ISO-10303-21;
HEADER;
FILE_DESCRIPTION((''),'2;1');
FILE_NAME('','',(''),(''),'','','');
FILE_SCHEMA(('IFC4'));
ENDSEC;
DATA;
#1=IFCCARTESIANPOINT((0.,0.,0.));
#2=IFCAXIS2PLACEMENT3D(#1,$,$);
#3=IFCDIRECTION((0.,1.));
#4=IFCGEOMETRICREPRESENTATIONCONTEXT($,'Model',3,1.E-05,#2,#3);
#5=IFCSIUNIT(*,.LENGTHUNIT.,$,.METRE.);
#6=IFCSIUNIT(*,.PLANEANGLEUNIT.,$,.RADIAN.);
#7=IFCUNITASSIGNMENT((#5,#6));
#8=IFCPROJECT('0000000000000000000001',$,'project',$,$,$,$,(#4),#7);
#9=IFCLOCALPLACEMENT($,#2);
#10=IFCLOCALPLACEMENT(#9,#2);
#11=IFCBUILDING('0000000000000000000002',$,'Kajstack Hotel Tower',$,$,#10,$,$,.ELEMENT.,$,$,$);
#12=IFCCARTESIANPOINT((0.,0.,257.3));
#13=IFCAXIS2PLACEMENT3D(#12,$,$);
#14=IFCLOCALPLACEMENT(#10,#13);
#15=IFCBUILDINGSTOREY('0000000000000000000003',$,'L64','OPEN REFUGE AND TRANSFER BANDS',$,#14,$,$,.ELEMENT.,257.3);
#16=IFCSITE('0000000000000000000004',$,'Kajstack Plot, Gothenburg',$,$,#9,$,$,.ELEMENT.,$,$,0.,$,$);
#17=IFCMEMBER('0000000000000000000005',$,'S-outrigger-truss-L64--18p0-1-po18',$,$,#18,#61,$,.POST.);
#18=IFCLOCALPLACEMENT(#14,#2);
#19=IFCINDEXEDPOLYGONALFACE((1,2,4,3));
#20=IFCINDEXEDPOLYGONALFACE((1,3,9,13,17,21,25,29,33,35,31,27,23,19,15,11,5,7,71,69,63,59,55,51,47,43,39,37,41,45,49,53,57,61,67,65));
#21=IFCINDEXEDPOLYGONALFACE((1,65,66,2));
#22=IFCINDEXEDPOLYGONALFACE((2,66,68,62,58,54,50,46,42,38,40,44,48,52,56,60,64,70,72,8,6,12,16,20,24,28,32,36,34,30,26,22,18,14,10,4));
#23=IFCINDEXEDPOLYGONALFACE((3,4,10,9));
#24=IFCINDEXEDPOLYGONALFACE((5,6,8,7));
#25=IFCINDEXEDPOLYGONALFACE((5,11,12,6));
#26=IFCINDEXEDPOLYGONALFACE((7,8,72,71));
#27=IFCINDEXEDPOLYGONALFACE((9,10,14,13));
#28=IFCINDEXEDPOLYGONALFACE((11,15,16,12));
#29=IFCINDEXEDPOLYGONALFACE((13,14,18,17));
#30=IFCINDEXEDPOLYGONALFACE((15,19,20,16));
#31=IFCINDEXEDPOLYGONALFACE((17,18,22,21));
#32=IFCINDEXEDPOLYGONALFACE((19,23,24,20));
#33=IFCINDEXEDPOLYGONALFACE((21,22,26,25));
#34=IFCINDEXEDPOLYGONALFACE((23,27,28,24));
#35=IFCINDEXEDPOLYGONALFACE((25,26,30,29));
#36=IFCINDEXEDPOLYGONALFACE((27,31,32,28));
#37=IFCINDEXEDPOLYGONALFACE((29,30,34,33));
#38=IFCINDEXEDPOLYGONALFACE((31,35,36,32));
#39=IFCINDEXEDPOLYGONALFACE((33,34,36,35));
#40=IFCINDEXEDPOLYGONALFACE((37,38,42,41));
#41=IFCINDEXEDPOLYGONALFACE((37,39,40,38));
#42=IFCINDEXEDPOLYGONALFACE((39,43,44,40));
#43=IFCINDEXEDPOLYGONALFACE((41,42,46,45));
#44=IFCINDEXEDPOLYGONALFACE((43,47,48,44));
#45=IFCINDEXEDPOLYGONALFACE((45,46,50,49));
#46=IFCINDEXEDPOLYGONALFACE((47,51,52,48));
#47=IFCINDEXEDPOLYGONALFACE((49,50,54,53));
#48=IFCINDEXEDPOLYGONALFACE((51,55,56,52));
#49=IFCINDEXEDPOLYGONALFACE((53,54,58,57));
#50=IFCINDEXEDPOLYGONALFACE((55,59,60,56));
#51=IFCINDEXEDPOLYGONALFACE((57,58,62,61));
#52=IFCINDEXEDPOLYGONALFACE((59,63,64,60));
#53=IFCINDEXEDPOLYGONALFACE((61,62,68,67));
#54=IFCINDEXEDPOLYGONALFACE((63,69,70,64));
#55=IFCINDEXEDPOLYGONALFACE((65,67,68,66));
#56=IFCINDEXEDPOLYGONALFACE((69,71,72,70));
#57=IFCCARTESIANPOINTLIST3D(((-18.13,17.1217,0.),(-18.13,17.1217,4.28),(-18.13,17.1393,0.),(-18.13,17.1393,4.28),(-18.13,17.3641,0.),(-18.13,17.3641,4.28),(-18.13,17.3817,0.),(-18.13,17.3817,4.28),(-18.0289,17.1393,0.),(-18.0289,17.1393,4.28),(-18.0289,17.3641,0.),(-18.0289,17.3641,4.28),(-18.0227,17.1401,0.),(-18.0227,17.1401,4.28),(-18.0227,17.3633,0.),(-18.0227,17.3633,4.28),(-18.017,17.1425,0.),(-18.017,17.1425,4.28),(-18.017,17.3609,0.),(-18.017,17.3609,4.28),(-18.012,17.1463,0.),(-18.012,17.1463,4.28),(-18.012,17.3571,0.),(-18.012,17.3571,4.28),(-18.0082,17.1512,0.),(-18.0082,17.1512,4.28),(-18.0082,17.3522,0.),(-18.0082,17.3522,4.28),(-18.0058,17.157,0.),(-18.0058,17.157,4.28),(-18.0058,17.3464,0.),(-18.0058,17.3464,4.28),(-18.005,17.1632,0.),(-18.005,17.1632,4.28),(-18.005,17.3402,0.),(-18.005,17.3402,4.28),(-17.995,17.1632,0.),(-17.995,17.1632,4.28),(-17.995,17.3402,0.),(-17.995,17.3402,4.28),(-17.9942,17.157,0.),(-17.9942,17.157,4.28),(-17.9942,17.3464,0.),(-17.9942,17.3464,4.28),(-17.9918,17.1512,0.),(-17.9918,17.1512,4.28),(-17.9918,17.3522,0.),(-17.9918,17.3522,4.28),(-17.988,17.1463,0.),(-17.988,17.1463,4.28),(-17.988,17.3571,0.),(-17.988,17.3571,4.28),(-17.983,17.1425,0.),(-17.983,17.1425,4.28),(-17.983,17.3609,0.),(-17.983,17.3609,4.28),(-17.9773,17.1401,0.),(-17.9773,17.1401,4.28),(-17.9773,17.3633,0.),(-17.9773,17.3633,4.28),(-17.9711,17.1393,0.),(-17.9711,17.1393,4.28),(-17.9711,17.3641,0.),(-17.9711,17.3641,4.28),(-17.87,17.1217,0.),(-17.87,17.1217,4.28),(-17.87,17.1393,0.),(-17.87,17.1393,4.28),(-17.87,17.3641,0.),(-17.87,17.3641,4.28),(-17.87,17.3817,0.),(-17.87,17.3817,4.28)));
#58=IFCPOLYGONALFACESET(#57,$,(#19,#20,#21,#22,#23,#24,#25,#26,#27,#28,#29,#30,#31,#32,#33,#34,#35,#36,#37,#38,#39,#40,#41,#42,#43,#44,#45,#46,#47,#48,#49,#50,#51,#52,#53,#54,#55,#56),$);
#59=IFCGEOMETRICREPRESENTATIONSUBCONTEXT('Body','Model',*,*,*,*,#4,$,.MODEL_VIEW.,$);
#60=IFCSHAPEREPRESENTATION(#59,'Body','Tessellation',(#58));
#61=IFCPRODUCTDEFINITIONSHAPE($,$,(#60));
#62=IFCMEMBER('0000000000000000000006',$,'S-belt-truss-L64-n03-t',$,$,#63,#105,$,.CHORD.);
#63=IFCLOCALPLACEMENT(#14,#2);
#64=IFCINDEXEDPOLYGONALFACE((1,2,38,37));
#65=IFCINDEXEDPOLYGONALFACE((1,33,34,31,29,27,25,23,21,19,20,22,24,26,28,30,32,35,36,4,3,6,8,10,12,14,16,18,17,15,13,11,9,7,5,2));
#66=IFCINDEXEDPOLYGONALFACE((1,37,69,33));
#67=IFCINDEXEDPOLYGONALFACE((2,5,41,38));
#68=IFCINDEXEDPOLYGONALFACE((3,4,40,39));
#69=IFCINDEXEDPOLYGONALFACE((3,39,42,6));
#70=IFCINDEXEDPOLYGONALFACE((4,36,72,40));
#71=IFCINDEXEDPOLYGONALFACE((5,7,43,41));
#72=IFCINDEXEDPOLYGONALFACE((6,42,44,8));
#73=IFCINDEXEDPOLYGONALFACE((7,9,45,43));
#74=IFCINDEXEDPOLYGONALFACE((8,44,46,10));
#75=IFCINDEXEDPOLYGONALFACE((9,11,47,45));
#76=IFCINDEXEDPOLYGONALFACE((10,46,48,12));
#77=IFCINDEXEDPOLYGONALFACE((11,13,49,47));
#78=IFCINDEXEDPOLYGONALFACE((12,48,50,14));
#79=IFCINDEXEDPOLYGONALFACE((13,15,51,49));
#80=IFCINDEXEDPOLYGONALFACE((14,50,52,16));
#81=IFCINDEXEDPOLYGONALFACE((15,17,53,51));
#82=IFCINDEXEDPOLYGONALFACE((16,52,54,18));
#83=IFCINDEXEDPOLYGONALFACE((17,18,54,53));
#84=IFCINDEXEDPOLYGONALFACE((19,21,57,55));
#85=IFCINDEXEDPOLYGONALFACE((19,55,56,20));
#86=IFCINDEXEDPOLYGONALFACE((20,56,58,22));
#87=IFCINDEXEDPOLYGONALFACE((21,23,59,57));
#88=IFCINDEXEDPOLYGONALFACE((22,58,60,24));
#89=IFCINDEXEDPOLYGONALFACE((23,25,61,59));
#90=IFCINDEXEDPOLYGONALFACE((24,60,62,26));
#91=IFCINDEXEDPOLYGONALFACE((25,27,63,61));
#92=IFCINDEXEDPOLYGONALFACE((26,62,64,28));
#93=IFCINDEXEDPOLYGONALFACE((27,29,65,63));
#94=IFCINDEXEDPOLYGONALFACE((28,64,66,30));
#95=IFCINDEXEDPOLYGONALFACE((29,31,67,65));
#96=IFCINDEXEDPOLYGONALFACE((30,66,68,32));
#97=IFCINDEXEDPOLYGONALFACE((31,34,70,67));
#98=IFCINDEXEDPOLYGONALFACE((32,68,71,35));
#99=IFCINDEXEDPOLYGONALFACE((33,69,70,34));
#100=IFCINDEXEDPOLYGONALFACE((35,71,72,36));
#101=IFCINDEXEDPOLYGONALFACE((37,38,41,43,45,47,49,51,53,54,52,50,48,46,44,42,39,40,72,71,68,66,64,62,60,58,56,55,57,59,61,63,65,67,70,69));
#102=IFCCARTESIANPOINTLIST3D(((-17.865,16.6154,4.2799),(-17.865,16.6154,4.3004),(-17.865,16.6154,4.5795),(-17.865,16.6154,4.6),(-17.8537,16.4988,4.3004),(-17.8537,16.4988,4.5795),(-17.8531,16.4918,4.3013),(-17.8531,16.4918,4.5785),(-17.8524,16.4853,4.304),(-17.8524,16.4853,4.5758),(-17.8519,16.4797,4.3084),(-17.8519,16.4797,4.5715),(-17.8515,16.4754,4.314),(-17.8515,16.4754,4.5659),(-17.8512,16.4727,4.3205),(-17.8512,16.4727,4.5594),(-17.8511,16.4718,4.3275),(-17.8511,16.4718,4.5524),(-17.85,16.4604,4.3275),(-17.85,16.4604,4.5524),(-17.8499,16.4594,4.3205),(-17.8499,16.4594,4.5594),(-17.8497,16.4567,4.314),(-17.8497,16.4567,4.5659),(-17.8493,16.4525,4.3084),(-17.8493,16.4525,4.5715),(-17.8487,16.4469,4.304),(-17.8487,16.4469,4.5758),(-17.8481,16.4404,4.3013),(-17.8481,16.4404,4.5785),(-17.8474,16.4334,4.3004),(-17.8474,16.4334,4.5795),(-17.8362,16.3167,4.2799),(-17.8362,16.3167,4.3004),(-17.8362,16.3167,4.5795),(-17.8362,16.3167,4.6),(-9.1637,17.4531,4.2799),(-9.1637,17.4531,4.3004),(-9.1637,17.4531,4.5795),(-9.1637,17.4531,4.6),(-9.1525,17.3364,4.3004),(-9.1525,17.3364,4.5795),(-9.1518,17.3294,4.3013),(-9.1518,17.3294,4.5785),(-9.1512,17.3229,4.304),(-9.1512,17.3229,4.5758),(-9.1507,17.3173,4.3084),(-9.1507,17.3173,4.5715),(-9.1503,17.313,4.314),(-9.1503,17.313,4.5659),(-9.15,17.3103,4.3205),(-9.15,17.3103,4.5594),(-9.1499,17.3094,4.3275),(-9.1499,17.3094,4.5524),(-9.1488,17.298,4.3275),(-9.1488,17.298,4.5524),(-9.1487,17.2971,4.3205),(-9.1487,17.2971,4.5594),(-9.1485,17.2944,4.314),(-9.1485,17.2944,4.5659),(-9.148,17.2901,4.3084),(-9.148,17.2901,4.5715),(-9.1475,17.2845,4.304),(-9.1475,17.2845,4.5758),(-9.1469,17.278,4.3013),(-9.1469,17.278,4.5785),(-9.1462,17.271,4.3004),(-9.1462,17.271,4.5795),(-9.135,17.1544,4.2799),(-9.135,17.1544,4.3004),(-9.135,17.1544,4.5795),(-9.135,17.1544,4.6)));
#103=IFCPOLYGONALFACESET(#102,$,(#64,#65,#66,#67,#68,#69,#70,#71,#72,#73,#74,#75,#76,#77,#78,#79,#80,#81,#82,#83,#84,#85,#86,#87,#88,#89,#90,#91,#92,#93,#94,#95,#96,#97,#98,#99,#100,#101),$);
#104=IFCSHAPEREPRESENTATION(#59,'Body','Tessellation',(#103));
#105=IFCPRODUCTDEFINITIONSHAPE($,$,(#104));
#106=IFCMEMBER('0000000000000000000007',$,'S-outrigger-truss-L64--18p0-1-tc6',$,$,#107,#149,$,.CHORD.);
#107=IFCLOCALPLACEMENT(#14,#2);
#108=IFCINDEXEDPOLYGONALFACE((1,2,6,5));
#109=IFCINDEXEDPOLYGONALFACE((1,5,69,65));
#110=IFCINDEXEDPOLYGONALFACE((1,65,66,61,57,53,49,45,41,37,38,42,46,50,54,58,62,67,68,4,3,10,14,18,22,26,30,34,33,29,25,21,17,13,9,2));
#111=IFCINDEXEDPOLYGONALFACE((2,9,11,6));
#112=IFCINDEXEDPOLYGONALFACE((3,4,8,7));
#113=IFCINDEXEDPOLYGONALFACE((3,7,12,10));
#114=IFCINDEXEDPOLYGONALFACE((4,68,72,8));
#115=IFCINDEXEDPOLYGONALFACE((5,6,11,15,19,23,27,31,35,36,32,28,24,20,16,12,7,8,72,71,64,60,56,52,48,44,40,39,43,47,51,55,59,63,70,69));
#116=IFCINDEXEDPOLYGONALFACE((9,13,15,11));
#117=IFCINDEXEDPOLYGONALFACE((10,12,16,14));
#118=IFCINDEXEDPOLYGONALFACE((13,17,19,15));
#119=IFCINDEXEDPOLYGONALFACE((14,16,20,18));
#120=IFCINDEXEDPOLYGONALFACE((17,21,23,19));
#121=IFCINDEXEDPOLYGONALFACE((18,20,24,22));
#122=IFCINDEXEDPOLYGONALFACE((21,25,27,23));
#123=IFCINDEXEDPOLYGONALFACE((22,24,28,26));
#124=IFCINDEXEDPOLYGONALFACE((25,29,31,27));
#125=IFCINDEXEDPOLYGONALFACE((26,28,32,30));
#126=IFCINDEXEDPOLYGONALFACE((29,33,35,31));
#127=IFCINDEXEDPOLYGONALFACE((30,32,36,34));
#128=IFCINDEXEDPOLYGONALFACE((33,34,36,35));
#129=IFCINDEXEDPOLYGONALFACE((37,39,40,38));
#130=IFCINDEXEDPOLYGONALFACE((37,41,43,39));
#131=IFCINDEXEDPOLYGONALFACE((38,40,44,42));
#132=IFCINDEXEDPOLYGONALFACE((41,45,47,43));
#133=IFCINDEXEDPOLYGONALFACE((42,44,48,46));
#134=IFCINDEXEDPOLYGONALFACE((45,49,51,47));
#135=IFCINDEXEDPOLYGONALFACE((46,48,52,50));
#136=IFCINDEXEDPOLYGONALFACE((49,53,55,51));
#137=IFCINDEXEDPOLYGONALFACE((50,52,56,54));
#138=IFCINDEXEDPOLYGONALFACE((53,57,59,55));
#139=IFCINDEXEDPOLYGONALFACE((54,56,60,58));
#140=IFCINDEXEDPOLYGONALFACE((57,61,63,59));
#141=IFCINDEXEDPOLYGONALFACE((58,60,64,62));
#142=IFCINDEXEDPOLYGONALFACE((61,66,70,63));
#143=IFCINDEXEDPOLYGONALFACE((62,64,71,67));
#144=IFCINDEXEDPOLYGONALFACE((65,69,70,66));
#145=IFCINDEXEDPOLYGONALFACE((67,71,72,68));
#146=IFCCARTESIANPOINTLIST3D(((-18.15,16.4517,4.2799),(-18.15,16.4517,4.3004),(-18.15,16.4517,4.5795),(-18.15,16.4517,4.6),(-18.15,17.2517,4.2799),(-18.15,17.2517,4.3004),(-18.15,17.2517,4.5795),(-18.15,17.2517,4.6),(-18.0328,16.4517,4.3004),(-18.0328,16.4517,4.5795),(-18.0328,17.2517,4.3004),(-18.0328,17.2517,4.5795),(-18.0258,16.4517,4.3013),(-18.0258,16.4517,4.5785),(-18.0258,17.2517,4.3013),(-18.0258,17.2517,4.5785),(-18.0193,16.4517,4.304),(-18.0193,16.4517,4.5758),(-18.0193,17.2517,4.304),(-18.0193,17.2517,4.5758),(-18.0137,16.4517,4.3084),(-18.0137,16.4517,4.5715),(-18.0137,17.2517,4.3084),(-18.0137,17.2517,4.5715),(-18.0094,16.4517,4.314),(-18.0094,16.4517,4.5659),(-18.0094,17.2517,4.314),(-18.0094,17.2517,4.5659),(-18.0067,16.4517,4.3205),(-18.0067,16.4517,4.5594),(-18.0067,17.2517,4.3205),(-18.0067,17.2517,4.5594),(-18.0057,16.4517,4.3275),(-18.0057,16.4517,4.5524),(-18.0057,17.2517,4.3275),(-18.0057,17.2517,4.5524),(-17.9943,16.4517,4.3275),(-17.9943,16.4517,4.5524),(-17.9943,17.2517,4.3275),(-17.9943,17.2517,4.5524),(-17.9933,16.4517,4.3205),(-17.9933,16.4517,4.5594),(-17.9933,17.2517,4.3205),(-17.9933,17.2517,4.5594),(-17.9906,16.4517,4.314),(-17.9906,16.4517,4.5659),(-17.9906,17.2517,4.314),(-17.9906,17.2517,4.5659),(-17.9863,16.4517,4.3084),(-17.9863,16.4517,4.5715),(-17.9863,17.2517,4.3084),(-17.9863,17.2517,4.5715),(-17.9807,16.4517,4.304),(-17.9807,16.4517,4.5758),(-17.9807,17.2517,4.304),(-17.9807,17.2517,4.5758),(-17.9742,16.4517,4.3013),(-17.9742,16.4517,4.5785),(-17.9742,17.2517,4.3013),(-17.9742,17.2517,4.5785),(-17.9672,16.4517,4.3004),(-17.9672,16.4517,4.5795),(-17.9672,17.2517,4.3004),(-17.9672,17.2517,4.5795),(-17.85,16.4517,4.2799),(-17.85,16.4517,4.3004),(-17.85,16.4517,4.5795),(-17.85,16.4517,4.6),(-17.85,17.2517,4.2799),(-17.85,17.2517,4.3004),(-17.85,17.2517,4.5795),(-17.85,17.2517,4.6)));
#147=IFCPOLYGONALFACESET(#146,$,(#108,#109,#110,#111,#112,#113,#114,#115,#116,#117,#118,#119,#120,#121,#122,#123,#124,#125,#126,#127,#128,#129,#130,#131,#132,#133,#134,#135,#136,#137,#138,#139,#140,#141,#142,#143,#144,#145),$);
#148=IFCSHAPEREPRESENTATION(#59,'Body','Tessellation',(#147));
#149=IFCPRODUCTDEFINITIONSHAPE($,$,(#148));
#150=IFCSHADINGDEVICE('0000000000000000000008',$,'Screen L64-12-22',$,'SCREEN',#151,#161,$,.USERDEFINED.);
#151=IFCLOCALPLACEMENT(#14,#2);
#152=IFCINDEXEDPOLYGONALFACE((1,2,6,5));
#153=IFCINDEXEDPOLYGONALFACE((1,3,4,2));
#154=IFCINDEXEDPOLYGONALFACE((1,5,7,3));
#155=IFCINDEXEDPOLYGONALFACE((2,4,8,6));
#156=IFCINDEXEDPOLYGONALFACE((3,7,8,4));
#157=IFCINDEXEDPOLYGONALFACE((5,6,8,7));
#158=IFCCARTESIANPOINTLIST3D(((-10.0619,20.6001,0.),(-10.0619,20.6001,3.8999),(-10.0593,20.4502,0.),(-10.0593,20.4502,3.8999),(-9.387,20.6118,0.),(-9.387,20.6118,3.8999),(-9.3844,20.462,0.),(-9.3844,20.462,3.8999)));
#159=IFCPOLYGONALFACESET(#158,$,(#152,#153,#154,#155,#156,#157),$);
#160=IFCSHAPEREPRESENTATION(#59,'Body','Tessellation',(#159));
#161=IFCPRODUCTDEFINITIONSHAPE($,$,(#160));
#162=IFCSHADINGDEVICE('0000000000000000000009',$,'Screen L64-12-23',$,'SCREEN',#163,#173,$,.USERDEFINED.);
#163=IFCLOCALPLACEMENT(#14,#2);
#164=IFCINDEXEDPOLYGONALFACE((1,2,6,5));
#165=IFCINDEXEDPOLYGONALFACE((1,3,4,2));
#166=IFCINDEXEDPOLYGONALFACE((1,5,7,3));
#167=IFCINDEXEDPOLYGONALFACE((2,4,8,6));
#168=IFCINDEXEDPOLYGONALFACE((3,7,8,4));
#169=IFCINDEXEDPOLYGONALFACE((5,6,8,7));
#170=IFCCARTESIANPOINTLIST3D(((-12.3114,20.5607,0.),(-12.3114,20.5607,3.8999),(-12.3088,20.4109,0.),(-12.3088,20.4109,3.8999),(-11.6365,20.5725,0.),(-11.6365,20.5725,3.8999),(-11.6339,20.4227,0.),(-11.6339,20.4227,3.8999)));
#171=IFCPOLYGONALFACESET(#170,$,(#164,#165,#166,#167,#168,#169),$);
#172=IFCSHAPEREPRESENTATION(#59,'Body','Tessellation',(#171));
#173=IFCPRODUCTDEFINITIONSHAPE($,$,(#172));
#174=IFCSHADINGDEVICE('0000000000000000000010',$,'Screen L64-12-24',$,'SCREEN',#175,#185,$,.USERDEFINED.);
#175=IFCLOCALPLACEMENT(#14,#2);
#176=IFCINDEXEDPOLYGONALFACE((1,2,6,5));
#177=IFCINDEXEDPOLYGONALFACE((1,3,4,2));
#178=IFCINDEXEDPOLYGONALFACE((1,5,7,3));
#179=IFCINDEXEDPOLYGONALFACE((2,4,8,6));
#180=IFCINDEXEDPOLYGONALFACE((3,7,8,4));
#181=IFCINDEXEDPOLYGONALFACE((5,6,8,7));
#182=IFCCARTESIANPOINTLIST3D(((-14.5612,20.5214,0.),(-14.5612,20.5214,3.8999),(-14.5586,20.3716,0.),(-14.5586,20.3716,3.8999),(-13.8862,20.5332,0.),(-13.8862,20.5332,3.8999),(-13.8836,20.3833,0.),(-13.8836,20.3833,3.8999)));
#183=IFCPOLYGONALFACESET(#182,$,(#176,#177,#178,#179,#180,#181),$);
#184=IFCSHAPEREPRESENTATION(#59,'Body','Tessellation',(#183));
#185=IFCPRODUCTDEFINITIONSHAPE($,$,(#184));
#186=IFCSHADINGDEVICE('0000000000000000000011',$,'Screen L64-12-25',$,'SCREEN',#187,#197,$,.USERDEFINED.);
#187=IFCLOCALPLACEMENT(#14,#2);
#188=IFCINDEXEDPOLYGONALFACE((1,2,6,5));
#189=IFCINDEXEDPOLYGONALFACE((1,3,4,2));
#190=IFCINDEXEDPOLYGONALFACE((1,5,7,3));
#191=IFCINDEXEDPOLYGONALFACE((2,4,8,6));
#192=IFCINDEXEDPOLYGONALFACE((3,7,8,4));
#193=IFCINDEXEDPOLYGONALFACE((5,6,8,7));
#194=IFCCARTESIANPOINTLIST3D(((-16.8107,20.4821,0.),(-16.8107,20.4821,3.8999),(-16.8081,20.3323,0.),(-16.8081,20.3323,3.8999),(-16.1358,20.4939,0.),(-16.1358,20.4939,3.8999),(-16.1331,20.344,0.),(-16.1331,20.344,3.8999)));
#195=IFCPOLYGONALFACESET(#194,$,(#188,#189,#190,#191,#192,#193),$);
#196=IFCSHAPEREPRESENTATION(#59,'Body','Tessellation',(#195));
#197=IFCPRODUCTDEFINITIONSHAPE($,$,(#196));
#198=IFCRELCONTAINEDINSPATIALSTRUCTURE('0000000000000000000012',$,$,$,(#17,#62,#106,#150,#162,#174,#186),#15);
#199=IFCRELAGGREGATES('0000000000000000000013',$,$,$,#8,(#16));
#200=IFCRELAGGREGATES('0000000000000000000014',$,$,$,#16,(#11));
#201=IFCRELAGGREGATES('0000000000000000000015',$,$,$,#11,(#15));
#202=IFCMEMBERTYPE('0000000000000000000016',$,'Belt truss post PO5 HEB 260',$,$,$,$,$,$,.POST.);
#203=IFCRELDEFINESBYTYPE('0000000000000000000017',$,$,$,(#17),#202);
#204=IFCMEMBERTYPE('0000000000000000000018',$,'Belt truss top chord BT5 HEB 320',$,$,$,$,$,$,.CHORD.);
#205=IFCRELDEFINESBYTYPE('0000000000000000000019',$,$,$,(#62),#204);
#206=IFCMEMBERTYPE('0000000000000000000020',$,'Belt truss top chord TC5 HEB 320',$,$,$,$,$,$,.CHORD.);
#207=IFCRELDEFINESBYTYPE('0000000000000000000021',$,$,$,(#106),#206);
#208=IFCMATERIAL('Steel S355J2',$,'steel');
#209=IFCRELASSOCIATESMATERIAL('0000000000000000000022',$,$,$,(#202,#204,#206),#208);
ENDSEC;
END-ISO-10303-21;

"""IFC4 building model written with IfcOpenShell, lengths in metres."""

from ifc_helpers import new_model, si_unit, direction, frame, origin, origin_2d, place, context, subcontext, project, spatial, rectangle, i_section, extrude, material, material_profile, profile_set, type_object, element, save


model = new_model("IFC4")

# Units and contexts
model_context = context("Model", 3, precision=1e-05, world=origin(), true_north=direction((0.0, 1.0)))
body_context = subcontext(model_context, "Body", "Model", "MODEL_VIEW")
ifc_project = project(units=[si_unit("LENGTHUNIT", "METRE"), si_unit("PLANEANGLEUNIT", "RADIAN")], contexts=[model_context])

# Site, building, storey
site_placement = place(None, origin())
site = spatial("IfcSite", under=ifc_project, at=site_placement, Name="Kajstack Plot, Gothenburg", CompositionType="ELEMENT", RefElevation=0.0)
building_placement = place(site_placement, origin())
building = spatial("IfcBuilding", under=site, at=building_placement, Name="Kajstack Hotel Tower", CompositionType="ELEMENT")
storey_placement = place(building_placement, frame((0.0, 0.0, 257.3)))
storey = spatial("IfcBuildingStorey", under=building, at=storey_placement, Name="L64", Description="OPEN REFUGE AND TRANSFER BANDS", CompositionType="ELEMENT", Elevation=257.3)

# Members
ifc_material = material(Name="Steel S355J2", Category="steel")
ifc_material_profile_1 = material_profile(ifc_material, i_section(OverallWidth=0.26, OverallDepth=0.26, WebThickness=0.01, FlangeThickness=0.0176, FilletRadius=0.0239, at=origin_2d()), Name="HEB 260")
ifc_profile_set_1 = profile_set([ifc_material_profile_1], Name="Steel S355J2")
member_type_1 = type_object("IfcMemberType", Name="Belt truss post PO5 HEB 260", PredefinedType="POST", material=ifc_profile_set_1)
for number, where, z_axis, x_axis, name in (
    (1, (-18.0, 17.2517, 0.0), (0.0, 0.0, 1.0), (1.0, 0.0, 0.0), "S-outrigger-truss-L64--18p0-1-po18"),
):
    element("IfcMember", number, at=place(storey_placement, frame(where, z_axis=z_axis, x_axis=x_axis)), inside=storey, type_object=member_type_1, Name=name, PredefinedType="POST", context=body_context, shape_type="SweptSolid", body=[
        extrude(i_section(OverallWidth=0.26, OverallDepth=0.26, WebThickness=0.01, FlangeThickness=0.0176, FilletRadius=0.0239, at=origin_2d()), origin(), (0.0, 0.0, 1.0), 4.28),
    ])
ifc_material_profile_2 = material_profile(ifc_material, i_section(OverallWidth=0.3, OverallDepth=0.3201, WebThickness=0.0115, FlangeThickness=0.0205, FilletRadius=0.0271, at=origin_2d()), Name="HEB 320")
ifc_profile_set_2 = profile_set([ifc_material_profile_2], Name="Steel S355J2")
member_type_2 = type_object("IfcMemberType", Name="Belt truss top chord BT5 HEB 320", PredefinedType="CHORD", material=ifc_profile_set_2)
member_1_placement = place(storey_placement, frame((-17.8506, 16.4661, 4.4399), z_axis=(0.995398, 0.095825, 0.0), x_axis=(-0.095825, 0.995398, 0.0)))
element("IfcMember", 2, at=member_1_placement, inside=storey, type_object=member_type_2, Name="S-belt-truss-L64-n03-t", PredefinedType="CHORD", context=body_context, shape_type="SweptSolid", body=[
    extrude(i_section(OverallWidth=0.3, OverallDepth=0.3201, WebThickness=0.0115, FlangeThickness=0.0205, FilletRadius=0.0271, at=origin_2d()), origin(), (0.0, 0.0, 1.0), 8.7415),
])
ifc_material_profile_3 = material_profile(ifc_material, i_section(OverallWidth=0.3, OverallDepth=0.3201, WebThickness=0.0115, FlangeThickness=0.0205, FilletRadius=0.0271, at=origin_2d()), Name="HEB 320")
ifc_profile_set_3 = profile_set([ifc_material_profile_3], Name="Steel S355J2")
member_type_3 = type_object("IfcMemberType", Name="Belt truss top chord TC5 HEB 320", PredefinedType="CHORD", material=ifc_profile_set_3)
member_2_placement = place(storey_placement, frame((-18.0, 16.4517, 4.4399), z_axis=(0.0, 1.0, 0.0), x_axis=(-1.0, 0.0, 0.0)))
element("IfcMember", 3, at=member_2_placement, inside=storey, type_object=member_type_3, Name="S-outrigger-truss-L64--18p0-1-tc6", PredefinedType="CHORD", context=body_context, shape_type="SweptSolid", body=[
    extrude(i_section(OverallWidth=0.3, OverallDepth=0.3201, WebThickness=0.0115, FlangeThickness=0.0205, FilletRadius=0.0271, at=origin_2d()), origin(), (0.0, 0.0, 1.0), 0.8),
])

# Shading devices
for number, where, z_axis, x_axis, name in (
    (4, (-9.7231, 20.531, 0.0), (0.0, 0.0, 1.0), (-0.999848, -0.017453, 0.0), "Screen L64-12-22"),
    (5, (-11.9727, 20.4917, 0.0), (0.0, 0.0, 1.0), (-0.999848, -0.017453, 0.0), "Screen L64-12-23"),
    (6, (-14.2224, 20.4524, 0.0), (0.0, 0.0, 1.0), (-0.999848, -0.017453, 0.0), "Screen L64-12-24"),
    (7, (-16.4719, 20.4131, 0.0), (0.0, 0.0, 1.0), (-0.999848, -0.017453, 0.0), "Screen L64-12-25"),
):
    element("IfcShadingDevice", number, at=place(storey_placement, frame(where, z_axis=z_axis, x_axis=x_axis)), inside=storey, Name=name, ObjectType="SCREEN", PredefinedType="USERDEFINED", context=body_context, shape_type="SweptSolid", body=[
        extrude(rectangle(XDim=0.675, YDim=0.1499, at=origin_2d()), origin(), (0.0, 0.0, 1.0), 3.8999),
    ])

save(model, "model.ifc")
